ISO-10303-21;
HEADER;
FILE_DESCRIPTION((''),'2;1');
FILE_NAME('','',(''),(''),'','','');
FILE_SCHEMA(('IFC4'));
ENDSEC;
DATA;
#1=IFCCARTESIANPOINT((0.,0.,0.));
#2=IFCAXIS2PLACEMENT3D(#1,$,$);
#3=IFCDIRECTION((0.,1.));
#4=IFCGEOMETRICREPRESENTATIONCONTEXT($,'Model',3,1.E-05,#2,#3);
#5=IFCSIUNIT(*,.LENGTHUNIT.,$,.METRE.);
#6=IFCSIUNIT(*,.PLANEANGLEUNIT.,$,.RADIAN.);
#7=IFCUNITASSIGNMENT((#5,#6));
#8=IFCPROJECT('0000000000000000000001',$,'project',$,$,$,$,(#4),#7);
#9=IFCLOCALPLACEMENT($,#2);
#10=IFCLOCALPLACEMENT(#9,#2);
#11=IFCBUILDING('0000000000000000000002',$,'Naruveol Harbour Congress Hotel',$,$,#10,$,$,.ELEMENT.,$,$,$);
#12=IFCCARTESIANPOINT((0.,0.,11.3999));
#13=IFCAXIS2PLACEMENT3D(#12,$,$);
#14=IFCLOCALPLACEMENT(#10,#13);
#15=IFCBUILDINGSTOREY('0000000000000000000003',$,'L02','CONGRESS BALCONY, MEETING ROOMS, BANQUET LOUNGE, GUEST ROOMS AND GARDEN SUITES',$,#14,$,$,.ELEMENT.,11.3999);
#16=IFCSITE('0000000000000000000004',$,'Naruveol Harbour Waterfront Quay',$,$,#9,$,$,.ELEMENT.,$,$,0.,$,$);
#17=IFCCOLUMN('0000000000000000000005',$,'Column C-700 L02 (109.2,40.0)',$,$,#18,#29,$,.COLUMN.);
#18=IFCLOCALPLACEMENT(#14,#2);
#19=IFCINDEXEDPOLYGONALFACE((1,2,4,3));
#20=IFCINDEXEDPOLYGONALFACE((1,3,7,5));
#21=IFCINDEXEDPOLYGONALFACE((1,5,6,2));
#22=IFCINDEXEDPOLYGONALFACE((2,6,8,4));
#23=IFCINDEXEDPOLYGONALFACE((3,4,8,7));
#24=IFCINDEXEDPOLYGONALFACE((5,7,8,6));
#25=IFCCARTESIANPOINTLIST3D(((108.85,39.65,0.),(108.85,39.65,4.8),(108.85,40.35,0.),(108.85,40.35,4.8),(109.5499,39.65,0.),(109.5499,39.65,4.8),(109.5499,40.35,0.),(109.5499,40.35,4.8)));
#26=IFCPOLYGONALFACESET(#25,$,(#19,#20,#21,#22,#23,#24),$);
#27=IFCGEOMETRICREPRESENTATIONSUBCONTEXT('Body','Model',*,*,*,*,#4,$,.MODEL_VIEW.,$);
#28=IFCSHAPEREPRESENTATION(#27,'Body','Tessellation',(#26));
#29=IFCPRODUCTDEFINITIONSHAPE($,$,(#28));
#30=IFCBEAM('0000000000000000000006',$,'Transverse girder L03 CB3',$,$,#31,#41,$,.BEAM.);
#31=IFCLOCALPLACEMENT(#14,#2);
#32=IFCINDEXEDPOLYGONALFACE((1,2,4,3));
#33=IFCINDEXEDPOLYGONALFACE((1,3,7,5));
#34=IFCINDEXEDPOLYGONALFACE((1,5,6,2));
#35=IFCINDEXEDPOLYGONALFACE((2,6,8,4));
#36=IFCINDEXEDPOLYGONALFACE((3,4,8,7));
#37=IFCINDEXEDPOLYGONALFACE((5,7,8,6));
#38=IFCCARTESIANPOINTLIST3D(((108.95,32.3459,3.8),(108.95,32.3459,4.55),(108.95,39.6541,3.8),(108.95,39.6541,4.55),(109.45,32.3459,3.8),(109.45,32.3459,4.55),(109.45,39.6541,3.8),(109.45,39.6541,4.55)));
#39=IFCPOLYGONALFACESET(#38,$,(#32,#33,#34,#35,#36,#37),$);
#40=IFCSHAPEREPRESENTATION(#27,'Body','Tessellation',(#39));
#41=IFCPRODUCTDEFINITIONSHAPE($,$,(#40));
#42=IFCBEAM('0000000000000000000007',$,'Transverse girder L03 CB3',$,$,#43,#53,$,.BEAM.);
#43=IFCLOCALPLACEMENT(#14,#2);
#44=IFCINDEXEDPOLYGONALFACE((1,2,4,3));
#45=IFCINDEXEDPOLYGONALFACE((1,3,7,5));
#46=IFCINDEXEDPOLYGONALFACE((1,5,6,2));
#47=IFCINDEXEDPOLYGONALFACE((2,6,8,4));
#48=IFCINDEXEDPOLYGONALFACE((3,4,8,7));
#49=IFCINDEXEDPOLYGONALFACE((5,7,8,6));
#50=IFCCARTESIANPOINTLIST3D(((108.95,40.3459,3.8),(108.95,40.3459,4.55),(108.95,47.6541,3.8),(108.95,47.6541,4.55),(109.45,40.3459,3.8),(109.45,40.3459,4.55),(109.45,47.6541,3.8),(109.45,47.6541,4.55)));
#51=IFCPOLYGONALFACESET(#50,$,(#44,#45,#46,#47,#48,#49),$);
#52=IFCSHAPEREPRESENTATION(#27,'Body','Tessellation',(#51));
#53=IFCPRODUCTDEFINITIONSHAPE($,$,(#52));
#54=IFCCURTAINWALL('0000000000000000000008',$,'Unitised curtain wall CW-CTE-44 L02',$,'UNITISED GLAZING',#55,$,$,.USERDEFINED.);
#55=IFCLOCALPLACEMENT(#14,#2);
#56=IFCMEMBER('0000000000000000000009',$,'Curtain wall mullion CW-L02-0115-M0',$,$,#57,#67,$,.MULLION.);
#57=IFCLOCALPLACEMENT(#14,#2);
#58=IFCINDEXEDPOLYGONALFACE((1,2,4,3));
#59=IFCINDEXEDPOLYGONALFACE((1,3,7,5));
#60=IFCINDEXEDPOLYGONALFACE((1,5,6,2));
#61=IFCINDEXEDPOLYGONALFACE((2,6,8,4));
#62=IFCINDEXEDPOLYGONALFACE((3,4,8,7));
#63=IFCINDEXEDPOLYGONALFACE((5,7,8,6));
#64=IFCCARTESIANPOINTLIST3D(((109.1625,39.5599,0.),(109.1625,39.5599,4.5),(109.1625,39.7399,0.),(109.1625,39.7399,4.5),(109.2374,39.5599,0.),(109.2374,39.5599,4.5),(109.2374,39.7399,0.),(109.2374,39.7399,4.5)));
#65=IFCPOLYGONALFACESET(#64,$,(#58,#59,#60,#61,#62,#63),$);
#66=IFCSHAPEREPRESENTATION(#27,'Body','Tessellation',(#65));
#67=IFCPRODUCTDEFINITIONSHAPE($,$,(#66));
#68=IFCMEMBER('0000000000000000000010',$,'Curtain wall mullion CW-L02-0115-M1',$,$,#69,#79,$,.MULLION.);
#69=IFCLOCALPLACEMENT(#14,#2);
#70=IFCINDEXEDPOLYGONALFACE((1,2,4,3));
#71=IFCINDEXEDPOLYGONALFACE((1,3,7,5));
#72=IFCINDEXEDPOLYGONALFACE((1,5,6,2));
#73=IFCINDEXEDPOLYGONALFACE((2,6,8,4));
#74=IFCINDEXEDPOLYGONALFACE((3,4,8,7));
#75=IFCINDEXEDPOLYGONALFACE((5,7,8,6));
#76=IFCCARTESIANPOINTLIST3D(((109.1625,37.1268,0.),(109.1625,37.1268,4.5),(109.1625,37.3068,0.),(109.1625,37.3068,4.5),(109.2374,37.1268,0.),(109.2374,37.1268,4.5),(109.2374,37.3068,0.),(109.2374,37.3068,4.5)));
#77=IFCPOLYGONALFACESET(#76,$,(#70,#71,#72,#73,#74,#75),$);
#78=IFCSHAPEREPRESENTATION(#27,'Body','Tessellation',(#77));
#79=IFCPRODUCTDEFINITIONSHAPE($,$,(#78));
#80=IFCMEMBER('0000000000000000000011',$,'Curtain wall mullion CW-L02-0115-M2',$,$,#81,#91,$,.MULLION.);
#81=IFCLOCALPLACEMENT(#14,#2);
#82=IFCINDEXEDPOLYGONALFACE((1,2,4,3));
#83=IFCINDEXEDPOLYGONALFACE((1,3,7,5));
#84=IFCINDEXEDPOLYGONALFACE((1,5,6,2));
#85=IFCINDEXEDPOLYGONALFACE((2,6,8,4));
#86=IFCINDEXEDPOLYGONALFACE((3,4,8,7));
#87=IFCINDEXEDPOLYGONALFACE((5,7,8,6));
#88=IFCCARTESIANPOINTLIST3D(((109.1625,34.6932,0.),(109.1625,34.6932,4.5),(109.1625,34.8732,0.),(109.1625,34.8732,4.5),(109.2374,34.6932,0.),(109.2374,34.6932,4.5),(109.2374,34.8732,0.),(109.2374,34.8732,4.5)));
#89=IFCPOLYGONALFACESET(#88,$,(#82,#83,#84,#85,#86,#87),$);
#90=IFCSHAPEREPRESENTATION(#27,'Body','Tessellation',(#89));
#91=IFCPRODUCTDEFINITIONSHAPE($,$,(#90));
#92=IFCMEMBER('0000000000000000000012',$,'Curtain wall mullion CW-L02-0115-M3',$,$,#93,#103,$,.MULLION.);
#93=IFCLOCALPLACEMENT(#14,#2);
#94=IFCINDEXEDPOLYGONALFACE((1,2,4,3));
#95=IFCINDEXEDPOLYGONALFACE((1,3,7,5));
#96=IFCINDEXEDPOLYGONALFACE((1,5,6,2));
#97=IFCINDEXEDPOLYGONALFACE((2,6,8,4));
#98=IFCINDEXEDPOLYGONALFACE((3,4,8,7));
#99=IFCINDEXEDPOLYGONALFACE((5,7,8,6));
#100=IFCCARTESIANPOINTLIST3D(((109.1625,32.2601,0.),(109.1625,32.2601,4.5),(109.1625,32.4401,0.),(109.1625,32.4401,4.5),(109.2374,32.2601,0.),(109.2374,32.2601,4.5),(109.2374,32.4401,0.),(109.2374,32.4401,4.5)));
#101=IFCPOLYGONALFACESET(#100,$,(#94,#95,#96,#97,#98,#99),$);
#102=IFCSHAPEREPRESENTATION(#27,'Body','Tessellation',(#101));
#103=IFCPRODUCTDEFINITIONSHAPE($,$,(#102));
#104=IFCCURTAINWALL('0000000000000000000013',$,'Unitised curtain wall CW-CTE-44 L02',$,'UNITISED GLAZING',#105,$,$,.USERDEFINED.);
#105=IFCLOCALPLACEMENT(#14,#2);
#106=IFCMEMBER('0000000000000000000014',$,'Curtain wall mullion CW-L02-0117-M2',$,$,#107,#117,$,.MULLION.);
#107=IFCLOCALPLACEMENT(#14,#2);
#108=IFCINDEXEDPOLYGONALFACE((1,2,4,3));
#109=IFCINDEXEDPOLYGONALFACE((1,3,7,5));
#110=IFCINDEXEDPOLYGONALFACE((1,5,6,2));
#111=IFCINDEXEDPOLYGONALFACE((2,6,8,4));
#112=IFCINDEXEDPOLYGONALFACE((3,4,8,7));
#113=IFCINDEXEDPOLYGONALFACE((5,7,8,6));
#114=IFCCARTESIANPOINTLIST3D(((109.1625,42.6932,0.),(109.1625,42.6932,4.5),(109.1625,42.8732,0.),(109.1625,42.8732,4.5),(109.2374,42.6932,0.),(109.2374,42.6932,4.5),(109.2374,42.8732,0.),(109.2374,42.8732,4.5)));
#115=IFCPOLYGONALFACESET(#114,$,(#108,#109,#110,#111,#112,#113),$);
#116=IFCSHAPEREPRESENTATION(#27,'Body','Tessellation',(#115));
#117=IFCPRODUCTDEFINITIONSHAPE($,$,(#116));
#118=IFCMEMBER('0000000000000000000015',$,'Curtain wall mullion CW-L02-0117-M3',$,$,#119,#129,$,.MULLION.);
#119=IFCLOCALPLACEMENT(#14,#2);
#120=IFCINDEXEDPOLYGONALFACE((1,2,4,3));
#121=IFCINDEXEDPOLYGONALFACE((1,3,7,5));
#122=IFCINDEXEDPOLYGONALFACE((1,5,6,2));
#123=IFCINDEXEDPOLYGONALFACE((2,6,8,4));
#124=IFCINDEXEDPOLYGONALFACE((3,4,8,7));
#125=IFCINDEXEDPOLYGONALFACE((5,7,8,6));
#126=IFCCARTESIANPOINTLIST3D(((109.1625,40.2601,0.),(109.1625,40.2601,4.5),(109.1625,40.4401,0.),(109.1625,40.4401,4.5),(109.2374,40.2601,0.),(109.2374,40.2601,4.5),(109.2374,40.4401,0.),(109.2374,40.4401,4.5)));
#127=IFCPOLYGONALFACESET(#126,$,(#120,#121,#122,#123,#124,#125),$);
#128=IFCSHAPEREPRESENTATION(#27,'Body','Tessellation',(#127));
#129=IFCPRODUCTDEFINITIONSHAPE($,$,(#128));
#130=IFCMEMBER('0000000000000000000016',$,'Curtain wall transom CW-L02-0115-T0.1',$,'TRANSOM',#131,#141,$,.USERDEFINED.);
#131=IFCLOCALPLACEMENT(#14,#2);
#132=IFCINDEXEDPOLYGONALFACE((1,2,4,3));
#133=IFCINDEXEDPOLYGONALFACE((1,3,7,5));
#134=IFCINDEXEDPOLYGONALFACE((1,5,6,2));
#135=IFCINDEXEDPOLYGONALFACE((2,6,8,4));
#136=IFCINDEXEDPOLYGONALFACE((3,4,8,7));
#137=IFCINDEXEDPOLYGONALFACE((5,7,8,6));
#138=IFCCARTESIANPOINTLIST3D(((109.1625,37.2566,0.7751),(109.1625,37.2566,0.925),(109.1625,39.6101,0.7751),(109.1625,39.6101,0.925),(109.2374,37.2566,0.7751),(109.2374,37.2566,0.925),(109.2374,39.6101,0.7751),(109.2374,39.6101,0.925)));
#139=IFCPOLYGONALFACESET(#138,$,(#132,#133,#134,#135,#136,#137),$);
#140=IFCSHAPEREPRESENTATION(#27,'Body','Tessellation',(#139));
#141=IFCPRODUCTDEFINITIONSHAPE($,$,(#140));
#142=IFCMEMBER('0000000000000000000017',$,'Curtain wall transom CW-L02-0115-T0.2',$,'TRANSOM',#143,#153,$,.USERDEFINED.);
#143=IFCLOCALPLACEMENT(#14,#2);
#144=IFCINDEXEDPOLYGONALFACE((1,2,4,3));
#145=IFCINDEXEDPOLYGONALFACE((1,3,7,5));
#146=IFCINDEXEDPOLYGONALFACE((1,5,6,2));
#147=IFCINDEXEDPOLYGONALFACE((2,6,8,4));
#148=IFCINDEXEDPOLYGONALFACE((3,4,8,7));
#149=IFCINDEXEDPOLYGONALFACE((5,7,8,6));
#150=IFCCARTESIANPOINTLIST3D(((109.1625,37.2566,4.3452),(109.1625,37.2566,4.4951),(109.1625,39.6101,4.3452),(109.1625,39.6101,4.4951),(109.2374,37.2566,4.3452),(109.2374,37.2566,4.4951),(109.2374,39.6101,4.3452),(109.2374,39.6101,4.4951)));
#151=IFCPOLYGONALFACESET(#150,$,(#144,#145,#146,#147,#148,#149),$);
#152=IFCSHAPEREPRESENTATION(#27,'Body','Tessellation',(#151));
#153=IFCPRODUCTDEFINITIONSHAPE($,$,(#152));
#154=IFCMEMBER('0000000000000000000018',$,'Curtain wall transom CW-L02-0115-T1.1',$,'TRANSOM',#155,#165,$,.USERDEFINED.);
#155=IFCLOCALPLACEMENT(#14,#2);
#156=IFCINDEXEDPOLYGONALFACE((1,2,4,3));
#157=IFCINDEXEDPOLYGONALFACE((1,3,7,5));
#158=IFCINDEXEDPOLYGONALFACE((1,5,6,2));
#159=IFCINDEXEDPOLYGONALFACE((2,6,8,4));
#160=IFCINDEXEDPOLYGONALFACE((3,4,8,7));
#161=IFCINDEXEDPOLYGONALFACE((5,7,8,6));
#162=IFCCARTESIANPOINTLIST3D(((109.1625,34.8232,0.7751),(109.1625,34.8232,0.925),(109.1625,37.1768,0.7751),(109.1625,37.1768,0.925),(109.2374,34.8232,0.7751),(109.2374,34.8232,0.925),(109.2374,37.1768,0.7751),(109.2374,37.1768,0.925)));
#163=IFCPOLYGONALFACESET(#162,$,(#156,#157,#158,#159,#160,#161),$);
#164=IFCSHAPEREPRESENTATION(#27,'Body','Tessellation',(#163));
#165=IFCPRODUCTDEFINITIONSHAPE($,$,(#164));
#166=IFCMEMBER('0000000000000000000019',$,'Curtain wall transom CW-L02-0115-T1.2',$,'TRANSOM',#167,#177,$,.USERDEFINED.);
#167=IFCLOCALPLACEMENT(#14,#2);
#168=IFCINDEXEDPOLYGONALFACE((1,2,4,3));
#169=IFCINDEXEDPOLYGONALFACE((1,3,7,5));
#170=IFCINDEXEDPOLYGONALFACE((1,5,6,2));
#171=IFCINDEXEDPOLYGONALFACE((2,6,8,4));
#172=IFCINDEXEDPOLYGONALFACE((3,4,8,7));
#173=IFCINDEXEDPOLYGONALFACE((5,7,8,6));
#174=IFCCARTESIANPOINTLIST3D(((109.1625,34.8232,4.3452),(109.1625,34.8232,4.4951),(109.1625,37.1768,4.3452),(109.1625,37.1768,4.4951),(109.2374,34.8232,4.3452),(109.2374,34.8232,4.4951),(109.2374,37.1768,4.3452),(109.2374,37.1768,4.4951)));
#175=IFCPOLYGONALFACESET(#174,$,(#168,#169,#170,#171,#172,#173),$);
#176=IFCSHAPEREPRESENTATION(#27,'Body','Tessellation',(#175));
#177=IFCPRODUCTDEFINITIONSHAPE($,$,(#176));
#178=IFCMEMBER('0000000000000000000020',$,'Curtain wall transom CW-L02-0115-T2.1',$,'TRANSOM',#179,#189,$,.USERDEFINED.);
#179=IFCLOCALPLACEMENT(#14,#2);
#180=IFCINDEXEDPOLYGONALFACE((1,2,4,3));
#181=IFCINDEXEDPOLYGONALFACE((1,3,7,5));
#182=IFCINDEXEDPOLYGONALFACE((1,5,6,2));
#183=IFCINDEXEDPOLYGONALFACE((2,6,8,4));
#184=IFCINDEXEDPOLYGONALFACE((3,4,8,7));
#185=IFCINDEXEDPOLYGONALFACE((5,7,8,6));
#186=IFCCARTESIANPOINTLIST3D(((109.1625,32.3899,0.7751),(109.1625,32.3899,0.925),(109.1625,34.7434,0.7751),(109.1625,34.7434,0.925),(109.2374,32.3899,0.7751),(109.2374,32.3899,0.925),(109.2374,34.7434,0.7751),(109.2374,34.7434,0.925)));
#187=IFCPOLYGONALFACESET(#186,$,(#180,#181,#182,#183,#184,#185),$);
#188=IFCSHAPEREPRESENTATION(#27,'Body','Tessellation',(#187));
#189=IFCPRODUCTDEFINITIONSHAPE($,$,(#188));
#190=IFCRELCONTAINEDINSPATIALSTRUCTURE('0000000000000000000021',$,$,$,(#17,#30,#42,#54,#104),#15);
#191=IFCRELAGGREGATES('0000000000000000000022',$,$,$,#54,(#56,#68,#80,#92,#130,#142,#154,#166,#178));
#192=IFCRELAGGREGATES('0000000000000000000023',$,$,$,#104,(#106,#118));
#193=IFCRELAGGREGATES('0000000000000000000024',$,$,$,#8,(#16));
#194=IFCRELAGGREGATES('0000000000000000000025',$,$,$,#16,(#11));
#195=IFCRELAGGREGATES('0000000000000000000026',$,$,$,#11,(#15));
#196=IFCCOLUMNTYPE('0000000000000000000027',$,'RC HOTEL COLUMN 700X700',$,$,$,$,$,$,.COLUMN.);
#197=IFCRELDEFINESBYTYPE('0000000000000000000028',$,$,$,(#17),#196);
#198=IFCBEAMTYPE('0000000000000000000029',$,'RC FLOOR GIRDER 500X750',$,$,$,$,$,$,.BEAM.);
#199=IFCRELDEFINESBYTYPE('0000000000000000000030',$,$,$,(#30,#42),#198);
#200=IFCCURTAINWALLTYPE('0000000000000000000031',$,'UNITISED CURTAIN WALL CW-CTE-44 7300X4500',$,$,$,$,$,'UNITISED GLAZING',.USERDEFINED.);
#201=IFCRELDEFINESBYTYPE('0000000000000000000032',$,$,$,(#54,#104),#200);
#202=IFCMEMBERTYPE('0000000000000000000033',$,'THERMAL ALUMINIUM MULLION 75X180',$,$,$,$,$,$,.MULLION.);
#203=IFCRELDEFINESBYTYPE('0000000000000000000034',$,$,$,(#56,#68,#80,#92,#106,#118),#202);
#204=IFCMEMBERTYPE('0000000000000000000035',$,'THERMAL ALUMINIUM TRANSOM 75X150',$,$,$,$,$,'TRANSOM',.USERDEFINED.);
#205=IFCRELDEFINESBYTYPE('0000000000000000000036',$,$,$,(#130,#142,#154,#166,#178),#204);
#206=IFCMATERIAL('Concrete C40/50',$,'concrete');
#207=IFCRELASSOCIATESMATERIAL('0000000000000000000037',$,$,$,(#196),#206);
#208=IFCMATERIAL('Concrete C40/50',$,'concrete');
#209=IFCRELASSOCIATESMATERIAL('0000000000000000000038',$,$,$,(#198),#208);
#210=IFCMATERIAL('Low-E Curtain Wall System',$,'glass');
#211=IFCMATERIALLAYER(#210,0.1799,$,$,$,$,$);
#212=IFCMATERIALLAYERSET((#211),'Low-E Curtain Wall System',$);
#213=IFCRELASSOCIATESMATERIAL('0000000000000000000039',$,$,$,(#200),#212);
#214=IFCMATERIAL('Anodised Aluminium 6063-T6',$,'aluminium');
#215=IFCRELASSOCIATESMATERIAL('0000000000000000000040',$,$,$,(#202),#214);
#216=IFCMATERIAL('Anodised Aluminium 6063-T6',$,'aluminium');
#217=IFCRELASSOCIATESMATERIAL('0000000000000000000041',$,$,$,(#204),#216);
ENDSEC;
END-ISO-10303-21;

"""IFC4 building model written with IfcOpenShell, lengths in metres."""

from ifc_helpers import new_model, si_unit, direction, frame, origin, origin_2d, place, context, subcontext, project, spatial, rectangle, extrude, material, layer, layer_set, material_profile, profile_set, type_object, element, aggregate, save


model = new_model("IFC4")

# Units and contexts
model_context = context("Model", 3, precision=1e-05, world=origin(), true_north=direction((0.0, 1.0)))
body_context = subcontext(model_context, "Body", "Model", "MODEL_VIEW")
ifc_project = project(units=[si_unit("LENGTHUNIT", "METRE"), si_unit("PLANEANGLEUNIT", "RADIAN")], contexts=[model_context])

# Site, building, storey
site_placement = place(None, origin())
site = spatial("IfcSite", under=ifc_project, at=site_placement, Name="Naruveol Harbour Waterfront Quay", CompositionType="ELEMENT", RefElevation=0.0)
building_placement = place(site_placement, origin())
building = spatial("IfcBuilding", under=site, at=building_placement, Name="Naruveol Harbour Congress Hotel", CompositionType="ELEMENT")
storey_placement = place(building_placement, frame((0.0, 0.0, 11.3999)))
storey = spatial("IfcBuildingStorey", under=building, at=storey_placement, Name="L02", Description="CONGRESS BALCONY, MEETING ROOMS, BANQUET LOUNGE, GUEST ROOMS AND GARDEN SUITES", CompositionType="ELEMENT", Elevation=11.3999)

# Column
ifc_material_1 = material(Name="Concrete C40/50", Category="concrete")
ifc_material_profile_1 = material_profile(ifc_material_1, rectangle(XDim=0.7, YDim=0.7, at=origin_2d()), Name="RC-700x700")
ifc_profile_set_1 = profile_set([ifc_material_profile_1], Name="Concrete C40/50")
column_type = type_object("IfcColumnType", Name="RC HOTEL COLUMN 700X700", PredefinedType="COLUMN", material=ifc_profile_set_1)
column_placement = place(storey_placement, frame((109.2, 40.0, 0.0), z_axis=(0.0, 0.0, 1.0), x_axis=(1.0, 0.0, 0.0)))
element("IfcColumn", 1, at=column_placement, inside=storey, type_object=column_type, Name="Column C-700 L02 (109.2,40.0)", PredefinedType="COLUMN", context=body_context, shape_type="SweptSolid", body=[
    extrude(rectangle(XDim=0.7, YDim=0.7, at=origin_2d()), origin(), (0.0, 0.0, 1.0), 4.8),
])

# Beams
ifc_material_2 = material(Name="Concrete C40/50", Category="concrete")
ifc_material_profile_2 = material_profile(ifc_material_2, rectangle(XDim=0.5, YDim=0.75, at=origin_2d()), Name="RCB-500x750")
ifc_profile_set_2 = profile_set([ifc_material_profile_2], Name="Concrete C40/50")
beam_type = type_object("IfcBeamType", Name="RC FLOOR GIRDER 500X750", PredefinedType="BEAM", material=ifc_profile_set_2)
for number, where, z_axis, x_axis, name in (
    (2, (109.2, 32.3459, 4.175), (0.0, 1.0, 0.0), (-1.0, 0.0, 0.0), "Transverse girder L03 CB3"),
    (3, (109.2, 40.3459, 4.175), (0.0, 1.0, 0.0), (-1.0, 0.0, 0.0), "Transverse girder L03 CB3"),
):
    element("IfcBeam", number, at=place(storey_placement, frame(where, z_axis=z_axis, x_axis=x_axis)), inside=storey, type_object=beam_type, Name=name, PredefinedType="BEAM", context=body_context, shape_type="SweptSolid", body=[
        extrude(rectangle(XDim=0.5, YDim=0.75, at=origin_2d()), origin(), (0.0, 0.0, 1.0), 7.3081),
    ])

# Curtain walls, members
ifc_material_3 = material(Name="Low-E Curtain Wall System", Category="glass")
ifc_layer_1 = layer(ifc_material_3, 0.1799)
ifc_layer_set_1 = layer_set([ifc_layer_1], Name="Low-E Curtain Wall System")
curtain_wall_type_1 = type_object("IfcCurtainWallType", Name="UNITISED CURTAIN WALL CW-CTE-44 7300X4500", ElementType="UNITISED GLAZING", PredefinedType="USERDEFINED", material=ifc_layer_set_1)
curtain_wall_1_placement = place(storey_placement, origin())
curtain_wall_1 = element("IfcCurtainWall", 4, at=curtain_wall_1_placement, inside=storey, type_object=curtain_wall_type_1, Name="Unitised curtain wall CW-CTE-44 L02", ObjectType="UNITISED GLAZING", PredefinedType="USERDEFINED")
ifc_material_4 = material(Name="Anodised Aluminium 6063-T6", Category="aluminium")
ifc_material_profile_3 = material_profile(ifc_material_4, rectangle(XDim=0.075, YDim=0.1799, at=origin_2d()), Name="ALU-75x180")
ifc_profile_set_3 = profile_set([ifc_material_profile_3], Name="Anodised Aluminium 6063-T6")
member_type_1 = type_object("IfcMemberType", Name="THERMAL ALUMINIUM MULLION 75X180", PredefinedType="MULLION", material=ifc_profile_set_3)
member_1_placement = place(storey_placement, frame((109.2, 39.6499, 0.0), z_axis=(0.0, 0.0, 1.0), x_axis=(1.0, 0.0, 0.0)))
member_1 = element("IfcMember", 5, at=member_1_placement, type_object=member_type_1, Name="Curtain wall mullion CW-L02-0115-M0", PredefinedType="MULLION", context=body_context, shape_type="SweptSolid", body=[
    extrude(rectangle(XDim=0.075, YDim=0.1799, at=origin_2d()), origin(), (0.0, 0.0, 1.0), 4.5),
])
member_2_placement = place(storey_placement, frame((109.2, 37.2168, 0.0), z_axis=(0.0, 0.0, 1.0), x_axis=(1.0, 0.0, 0.0)))
member_2 = element("IfcMember", 6, at=member_2_placement, type_object=member_type_1, Name="Curtain wall mullion CW-L02-0115-M1", PredefinedType="MULLION", context=body_context, shape_type="SweptSolid", body=[
    extrude(rectangle(XDim=0.075, YDim=0.1799, at=origin_2d()), origin(), (0.0, 0.0, 1.0), 4.5),
])
member_3_placement = place(storey_placement, frame((109.2, 34.7832, 0.0), z_axis=(0.0, 0.0, 1.0), x_axis=(1.0, 0.0, 0.0)))
member_3 = element("IfcMember", 7, at=member_3_placement, type_object=member_type_1, Name="Curtain wall mullion CW-L02-0115-M2", PredefinedType="MULLION", context=body_context, shape_type="SweptSolid", body=[
    extrude(rectangle(XDim=0.075, YDim=0.1799, at=origin_2d()), origin(), (0.0, 0.0, 1.0), 4.5),
])
member_4_placement = place(storey_placement, frame((109.2, 32.3501, 0.0), z_axis=(0.0, 0.0, 1.0), x_axis=(1.0, 0.0, 0.0)))
member_4 = element("IfcMember", 8, at=member_4_placement, type_object=member_type_1, Name="Curtain wall mullion CW-L02-0115-M3", PredefinedType="MULLION", context=body_context, shape_type="SweptSolid", body=[
    extrude(rectangle(XDim=0.075, YDim=0.1799, at=origin_2d()), origin(), (0.0, 0.0, 1.0), 4.5),
])
curtain_wall_2_placement = place(storey_placement, origin())
curtain_wall_2 = element("IfcCurtainWall", 9, at=curtain_wall_2_placement, inside=storey, type_object=curtain_wall_type_1, Name="Unitised curtain wall CW-CTE-44 L02", ObjectType="UNITISED GLAZING", PredefinedType="USERDEFINED")
member_5_placement = place(storey_placement, frame((109.2, 42.7832, 0.0), z_axis=(0.0, 0.0, 1.0), x_axis=(1.0, 0.0, 0.0)))
member_5 = element("IfcMember", 10, at=member_5_placement, type_object=member_type_1, Name="Curtain wall mullion CW-L02-0117-M2", PredefinedType="MULLION", context=body_context, shape_type="SweptSolid", body=[
    extrude(rectangle(XDim=0.075, YDim=0.1799, at=origin_2d()), origin(), (0.0, 0.0, 1.0), 4.5),
])
member_6_placement = place(storey_placement, frame((109.2, 40.3501, 0.0), z_axis=(0.0, 0.0, 1.0), x_axis=(1.0, 0.0, 0.0)))
member_6 = element("IfcMember", 11, at=member_6_placement, type_object=member_type_1, Name="Curtain wall mullion CW-L02-0117-M3", PredefinedType="MULLION", context=body_context, shape_type="SweptSolid", body=[
    extrude(rectangle(XDim=0.075, YDim=0.1799, at=origin_2d()), origin(), (0.0, 0.0, 1.0), 4.5),
])

# Members
ifc_material_5 = material(Name="Anodised Aluminium 6063-T6", Category="aluminium")
ifc_material_profile_4 = material_profile(ifc_material_5, rectangle(XDim=0.075, YDim=0.1499, at=origin_2d()), Name="ALU-75x150")
ifc_profile_set_4 = profile_set([ifc_material_profile_4], Name="Anodised Aluminium 6063-T6")
member_type_2 = type_object("IfcMemberType", Name="THERMAL ALUMINIUM TRANSOM 75X150", ElementType="TRANSOM", PredefinedType="USERDEFINED", material=ifc_profile_set_4)
member_7_placement = place(storey_placement, frame((109.2, 39.6101, 0.8501), z_axis=(0.0, -1.0, 0.0), x_axis=(1.0, 0.0, 0.0)))
member_7 = element("IfcMember", 12, at=member_7_placement, type_object=member_type_2, Name="Curtain wall transom CW-L02-0115-T0.1", ObjectType="TRANSOM", PredefinedType="USERDEFINED", context=body_context, shape_type="SweptSolid", body=[
    extrude(rectangle(XDim=0.075, YDim=0.1499, at=origin_2d()), origin(), (0.0, 0.0, 1.0), 2.3535),
])
member_8_placement = place(storey_placement, frame((109.2, 39.6101, 4.4202), z_axis=(0.0, -1.0, 0.0), x_axis=(1.0, 0.0, 0.0)))
member_8 = element("IfcMember", 13, at=member_8_placement, type_object=member_type_2, Name="Curtain wall transom CW-L02-0115-T0.2", ObjectType="TRANSOM", PredefinedType="USERDEFINED", context=body_context, shape_type="SweptSolid", body=[
    extrude(rectangle(XDim=0.075, YDim=0.1499, at=origin_2d()), origin(), (0.0, 0.0, 1.0), 2.3535),
])
member_9_placement = place(storey_placement, frame((109.2, 37.1768, 0.8501), z_axis=(0.0, -1.0, 0.0), x_axis=(1.0, 0.0, 0.0)))
member_9 = element("IfcMember", 14, at=member_9_placement, type_object=member_type_2, Name="Curtain wall transom CW-L02-0115-T1.1", ObjectType="TRANSOM", PredefinedType="USERDEFINED", context=body_context, shape_type="SweptSolid", body=[
    extrude(rectangle(XDim=0.075, YDim=0.1499, at=origin_2d()), origin(), (0.0, 0.0, 1.0), 2.3535),
])
member_10_placement = place(storey_placement, frame((109.2, 37.1768, 4.4202), z_axis=(0.0, -1.0, 0.0), x_axis=(1.0, 0.0, 0.0)))
member_10 = element("IfcMember", 15, at=member_10_placement, type_object=member_type_2, Name="Curtain wall transom CW-L02-0115-T1.2", ObjectType="TRANSOM", PredefinedType="USERDEFINED", context=body_context, shape_type="SweptSolid", body=[
    extrude(rectangle(XDim=0.075, YDim=0.1499, at=origin_2d()), origin(), (0.0, 0.0, 1.0), 2.3535),
])
member_11_placement = place(storey_placement, frame((109.2, 34.7434, 0.8501), z_axis=(0.0, -1.0, 0.0), x_axis=(1.0, 0.0, 0.0)))
member_11 = element("IfcMember", 16, at=member_11_placement, type_object=member_type_2, Name="Curtain wall transom CW-L02-0115-T2.1", ObjectType="TRANSOM", PredefinedType="USERDEFINED", context=body_context, shape_type="SweptSolid", body=[
    extrude(rectangle(XDim=0.075, YDim=0.1499, at=origin_2d()), origin(), (0.0, 0.0, 1.0), 2.3535),
])
aggregate(curtain_wall_1, [member_1, member_2, member_3, member_4, member_7, member_8, member_9, member_10, member_11])
aggregate(curtain_wall_2, [member_5, member_6])

save(model, "model.ifc")
